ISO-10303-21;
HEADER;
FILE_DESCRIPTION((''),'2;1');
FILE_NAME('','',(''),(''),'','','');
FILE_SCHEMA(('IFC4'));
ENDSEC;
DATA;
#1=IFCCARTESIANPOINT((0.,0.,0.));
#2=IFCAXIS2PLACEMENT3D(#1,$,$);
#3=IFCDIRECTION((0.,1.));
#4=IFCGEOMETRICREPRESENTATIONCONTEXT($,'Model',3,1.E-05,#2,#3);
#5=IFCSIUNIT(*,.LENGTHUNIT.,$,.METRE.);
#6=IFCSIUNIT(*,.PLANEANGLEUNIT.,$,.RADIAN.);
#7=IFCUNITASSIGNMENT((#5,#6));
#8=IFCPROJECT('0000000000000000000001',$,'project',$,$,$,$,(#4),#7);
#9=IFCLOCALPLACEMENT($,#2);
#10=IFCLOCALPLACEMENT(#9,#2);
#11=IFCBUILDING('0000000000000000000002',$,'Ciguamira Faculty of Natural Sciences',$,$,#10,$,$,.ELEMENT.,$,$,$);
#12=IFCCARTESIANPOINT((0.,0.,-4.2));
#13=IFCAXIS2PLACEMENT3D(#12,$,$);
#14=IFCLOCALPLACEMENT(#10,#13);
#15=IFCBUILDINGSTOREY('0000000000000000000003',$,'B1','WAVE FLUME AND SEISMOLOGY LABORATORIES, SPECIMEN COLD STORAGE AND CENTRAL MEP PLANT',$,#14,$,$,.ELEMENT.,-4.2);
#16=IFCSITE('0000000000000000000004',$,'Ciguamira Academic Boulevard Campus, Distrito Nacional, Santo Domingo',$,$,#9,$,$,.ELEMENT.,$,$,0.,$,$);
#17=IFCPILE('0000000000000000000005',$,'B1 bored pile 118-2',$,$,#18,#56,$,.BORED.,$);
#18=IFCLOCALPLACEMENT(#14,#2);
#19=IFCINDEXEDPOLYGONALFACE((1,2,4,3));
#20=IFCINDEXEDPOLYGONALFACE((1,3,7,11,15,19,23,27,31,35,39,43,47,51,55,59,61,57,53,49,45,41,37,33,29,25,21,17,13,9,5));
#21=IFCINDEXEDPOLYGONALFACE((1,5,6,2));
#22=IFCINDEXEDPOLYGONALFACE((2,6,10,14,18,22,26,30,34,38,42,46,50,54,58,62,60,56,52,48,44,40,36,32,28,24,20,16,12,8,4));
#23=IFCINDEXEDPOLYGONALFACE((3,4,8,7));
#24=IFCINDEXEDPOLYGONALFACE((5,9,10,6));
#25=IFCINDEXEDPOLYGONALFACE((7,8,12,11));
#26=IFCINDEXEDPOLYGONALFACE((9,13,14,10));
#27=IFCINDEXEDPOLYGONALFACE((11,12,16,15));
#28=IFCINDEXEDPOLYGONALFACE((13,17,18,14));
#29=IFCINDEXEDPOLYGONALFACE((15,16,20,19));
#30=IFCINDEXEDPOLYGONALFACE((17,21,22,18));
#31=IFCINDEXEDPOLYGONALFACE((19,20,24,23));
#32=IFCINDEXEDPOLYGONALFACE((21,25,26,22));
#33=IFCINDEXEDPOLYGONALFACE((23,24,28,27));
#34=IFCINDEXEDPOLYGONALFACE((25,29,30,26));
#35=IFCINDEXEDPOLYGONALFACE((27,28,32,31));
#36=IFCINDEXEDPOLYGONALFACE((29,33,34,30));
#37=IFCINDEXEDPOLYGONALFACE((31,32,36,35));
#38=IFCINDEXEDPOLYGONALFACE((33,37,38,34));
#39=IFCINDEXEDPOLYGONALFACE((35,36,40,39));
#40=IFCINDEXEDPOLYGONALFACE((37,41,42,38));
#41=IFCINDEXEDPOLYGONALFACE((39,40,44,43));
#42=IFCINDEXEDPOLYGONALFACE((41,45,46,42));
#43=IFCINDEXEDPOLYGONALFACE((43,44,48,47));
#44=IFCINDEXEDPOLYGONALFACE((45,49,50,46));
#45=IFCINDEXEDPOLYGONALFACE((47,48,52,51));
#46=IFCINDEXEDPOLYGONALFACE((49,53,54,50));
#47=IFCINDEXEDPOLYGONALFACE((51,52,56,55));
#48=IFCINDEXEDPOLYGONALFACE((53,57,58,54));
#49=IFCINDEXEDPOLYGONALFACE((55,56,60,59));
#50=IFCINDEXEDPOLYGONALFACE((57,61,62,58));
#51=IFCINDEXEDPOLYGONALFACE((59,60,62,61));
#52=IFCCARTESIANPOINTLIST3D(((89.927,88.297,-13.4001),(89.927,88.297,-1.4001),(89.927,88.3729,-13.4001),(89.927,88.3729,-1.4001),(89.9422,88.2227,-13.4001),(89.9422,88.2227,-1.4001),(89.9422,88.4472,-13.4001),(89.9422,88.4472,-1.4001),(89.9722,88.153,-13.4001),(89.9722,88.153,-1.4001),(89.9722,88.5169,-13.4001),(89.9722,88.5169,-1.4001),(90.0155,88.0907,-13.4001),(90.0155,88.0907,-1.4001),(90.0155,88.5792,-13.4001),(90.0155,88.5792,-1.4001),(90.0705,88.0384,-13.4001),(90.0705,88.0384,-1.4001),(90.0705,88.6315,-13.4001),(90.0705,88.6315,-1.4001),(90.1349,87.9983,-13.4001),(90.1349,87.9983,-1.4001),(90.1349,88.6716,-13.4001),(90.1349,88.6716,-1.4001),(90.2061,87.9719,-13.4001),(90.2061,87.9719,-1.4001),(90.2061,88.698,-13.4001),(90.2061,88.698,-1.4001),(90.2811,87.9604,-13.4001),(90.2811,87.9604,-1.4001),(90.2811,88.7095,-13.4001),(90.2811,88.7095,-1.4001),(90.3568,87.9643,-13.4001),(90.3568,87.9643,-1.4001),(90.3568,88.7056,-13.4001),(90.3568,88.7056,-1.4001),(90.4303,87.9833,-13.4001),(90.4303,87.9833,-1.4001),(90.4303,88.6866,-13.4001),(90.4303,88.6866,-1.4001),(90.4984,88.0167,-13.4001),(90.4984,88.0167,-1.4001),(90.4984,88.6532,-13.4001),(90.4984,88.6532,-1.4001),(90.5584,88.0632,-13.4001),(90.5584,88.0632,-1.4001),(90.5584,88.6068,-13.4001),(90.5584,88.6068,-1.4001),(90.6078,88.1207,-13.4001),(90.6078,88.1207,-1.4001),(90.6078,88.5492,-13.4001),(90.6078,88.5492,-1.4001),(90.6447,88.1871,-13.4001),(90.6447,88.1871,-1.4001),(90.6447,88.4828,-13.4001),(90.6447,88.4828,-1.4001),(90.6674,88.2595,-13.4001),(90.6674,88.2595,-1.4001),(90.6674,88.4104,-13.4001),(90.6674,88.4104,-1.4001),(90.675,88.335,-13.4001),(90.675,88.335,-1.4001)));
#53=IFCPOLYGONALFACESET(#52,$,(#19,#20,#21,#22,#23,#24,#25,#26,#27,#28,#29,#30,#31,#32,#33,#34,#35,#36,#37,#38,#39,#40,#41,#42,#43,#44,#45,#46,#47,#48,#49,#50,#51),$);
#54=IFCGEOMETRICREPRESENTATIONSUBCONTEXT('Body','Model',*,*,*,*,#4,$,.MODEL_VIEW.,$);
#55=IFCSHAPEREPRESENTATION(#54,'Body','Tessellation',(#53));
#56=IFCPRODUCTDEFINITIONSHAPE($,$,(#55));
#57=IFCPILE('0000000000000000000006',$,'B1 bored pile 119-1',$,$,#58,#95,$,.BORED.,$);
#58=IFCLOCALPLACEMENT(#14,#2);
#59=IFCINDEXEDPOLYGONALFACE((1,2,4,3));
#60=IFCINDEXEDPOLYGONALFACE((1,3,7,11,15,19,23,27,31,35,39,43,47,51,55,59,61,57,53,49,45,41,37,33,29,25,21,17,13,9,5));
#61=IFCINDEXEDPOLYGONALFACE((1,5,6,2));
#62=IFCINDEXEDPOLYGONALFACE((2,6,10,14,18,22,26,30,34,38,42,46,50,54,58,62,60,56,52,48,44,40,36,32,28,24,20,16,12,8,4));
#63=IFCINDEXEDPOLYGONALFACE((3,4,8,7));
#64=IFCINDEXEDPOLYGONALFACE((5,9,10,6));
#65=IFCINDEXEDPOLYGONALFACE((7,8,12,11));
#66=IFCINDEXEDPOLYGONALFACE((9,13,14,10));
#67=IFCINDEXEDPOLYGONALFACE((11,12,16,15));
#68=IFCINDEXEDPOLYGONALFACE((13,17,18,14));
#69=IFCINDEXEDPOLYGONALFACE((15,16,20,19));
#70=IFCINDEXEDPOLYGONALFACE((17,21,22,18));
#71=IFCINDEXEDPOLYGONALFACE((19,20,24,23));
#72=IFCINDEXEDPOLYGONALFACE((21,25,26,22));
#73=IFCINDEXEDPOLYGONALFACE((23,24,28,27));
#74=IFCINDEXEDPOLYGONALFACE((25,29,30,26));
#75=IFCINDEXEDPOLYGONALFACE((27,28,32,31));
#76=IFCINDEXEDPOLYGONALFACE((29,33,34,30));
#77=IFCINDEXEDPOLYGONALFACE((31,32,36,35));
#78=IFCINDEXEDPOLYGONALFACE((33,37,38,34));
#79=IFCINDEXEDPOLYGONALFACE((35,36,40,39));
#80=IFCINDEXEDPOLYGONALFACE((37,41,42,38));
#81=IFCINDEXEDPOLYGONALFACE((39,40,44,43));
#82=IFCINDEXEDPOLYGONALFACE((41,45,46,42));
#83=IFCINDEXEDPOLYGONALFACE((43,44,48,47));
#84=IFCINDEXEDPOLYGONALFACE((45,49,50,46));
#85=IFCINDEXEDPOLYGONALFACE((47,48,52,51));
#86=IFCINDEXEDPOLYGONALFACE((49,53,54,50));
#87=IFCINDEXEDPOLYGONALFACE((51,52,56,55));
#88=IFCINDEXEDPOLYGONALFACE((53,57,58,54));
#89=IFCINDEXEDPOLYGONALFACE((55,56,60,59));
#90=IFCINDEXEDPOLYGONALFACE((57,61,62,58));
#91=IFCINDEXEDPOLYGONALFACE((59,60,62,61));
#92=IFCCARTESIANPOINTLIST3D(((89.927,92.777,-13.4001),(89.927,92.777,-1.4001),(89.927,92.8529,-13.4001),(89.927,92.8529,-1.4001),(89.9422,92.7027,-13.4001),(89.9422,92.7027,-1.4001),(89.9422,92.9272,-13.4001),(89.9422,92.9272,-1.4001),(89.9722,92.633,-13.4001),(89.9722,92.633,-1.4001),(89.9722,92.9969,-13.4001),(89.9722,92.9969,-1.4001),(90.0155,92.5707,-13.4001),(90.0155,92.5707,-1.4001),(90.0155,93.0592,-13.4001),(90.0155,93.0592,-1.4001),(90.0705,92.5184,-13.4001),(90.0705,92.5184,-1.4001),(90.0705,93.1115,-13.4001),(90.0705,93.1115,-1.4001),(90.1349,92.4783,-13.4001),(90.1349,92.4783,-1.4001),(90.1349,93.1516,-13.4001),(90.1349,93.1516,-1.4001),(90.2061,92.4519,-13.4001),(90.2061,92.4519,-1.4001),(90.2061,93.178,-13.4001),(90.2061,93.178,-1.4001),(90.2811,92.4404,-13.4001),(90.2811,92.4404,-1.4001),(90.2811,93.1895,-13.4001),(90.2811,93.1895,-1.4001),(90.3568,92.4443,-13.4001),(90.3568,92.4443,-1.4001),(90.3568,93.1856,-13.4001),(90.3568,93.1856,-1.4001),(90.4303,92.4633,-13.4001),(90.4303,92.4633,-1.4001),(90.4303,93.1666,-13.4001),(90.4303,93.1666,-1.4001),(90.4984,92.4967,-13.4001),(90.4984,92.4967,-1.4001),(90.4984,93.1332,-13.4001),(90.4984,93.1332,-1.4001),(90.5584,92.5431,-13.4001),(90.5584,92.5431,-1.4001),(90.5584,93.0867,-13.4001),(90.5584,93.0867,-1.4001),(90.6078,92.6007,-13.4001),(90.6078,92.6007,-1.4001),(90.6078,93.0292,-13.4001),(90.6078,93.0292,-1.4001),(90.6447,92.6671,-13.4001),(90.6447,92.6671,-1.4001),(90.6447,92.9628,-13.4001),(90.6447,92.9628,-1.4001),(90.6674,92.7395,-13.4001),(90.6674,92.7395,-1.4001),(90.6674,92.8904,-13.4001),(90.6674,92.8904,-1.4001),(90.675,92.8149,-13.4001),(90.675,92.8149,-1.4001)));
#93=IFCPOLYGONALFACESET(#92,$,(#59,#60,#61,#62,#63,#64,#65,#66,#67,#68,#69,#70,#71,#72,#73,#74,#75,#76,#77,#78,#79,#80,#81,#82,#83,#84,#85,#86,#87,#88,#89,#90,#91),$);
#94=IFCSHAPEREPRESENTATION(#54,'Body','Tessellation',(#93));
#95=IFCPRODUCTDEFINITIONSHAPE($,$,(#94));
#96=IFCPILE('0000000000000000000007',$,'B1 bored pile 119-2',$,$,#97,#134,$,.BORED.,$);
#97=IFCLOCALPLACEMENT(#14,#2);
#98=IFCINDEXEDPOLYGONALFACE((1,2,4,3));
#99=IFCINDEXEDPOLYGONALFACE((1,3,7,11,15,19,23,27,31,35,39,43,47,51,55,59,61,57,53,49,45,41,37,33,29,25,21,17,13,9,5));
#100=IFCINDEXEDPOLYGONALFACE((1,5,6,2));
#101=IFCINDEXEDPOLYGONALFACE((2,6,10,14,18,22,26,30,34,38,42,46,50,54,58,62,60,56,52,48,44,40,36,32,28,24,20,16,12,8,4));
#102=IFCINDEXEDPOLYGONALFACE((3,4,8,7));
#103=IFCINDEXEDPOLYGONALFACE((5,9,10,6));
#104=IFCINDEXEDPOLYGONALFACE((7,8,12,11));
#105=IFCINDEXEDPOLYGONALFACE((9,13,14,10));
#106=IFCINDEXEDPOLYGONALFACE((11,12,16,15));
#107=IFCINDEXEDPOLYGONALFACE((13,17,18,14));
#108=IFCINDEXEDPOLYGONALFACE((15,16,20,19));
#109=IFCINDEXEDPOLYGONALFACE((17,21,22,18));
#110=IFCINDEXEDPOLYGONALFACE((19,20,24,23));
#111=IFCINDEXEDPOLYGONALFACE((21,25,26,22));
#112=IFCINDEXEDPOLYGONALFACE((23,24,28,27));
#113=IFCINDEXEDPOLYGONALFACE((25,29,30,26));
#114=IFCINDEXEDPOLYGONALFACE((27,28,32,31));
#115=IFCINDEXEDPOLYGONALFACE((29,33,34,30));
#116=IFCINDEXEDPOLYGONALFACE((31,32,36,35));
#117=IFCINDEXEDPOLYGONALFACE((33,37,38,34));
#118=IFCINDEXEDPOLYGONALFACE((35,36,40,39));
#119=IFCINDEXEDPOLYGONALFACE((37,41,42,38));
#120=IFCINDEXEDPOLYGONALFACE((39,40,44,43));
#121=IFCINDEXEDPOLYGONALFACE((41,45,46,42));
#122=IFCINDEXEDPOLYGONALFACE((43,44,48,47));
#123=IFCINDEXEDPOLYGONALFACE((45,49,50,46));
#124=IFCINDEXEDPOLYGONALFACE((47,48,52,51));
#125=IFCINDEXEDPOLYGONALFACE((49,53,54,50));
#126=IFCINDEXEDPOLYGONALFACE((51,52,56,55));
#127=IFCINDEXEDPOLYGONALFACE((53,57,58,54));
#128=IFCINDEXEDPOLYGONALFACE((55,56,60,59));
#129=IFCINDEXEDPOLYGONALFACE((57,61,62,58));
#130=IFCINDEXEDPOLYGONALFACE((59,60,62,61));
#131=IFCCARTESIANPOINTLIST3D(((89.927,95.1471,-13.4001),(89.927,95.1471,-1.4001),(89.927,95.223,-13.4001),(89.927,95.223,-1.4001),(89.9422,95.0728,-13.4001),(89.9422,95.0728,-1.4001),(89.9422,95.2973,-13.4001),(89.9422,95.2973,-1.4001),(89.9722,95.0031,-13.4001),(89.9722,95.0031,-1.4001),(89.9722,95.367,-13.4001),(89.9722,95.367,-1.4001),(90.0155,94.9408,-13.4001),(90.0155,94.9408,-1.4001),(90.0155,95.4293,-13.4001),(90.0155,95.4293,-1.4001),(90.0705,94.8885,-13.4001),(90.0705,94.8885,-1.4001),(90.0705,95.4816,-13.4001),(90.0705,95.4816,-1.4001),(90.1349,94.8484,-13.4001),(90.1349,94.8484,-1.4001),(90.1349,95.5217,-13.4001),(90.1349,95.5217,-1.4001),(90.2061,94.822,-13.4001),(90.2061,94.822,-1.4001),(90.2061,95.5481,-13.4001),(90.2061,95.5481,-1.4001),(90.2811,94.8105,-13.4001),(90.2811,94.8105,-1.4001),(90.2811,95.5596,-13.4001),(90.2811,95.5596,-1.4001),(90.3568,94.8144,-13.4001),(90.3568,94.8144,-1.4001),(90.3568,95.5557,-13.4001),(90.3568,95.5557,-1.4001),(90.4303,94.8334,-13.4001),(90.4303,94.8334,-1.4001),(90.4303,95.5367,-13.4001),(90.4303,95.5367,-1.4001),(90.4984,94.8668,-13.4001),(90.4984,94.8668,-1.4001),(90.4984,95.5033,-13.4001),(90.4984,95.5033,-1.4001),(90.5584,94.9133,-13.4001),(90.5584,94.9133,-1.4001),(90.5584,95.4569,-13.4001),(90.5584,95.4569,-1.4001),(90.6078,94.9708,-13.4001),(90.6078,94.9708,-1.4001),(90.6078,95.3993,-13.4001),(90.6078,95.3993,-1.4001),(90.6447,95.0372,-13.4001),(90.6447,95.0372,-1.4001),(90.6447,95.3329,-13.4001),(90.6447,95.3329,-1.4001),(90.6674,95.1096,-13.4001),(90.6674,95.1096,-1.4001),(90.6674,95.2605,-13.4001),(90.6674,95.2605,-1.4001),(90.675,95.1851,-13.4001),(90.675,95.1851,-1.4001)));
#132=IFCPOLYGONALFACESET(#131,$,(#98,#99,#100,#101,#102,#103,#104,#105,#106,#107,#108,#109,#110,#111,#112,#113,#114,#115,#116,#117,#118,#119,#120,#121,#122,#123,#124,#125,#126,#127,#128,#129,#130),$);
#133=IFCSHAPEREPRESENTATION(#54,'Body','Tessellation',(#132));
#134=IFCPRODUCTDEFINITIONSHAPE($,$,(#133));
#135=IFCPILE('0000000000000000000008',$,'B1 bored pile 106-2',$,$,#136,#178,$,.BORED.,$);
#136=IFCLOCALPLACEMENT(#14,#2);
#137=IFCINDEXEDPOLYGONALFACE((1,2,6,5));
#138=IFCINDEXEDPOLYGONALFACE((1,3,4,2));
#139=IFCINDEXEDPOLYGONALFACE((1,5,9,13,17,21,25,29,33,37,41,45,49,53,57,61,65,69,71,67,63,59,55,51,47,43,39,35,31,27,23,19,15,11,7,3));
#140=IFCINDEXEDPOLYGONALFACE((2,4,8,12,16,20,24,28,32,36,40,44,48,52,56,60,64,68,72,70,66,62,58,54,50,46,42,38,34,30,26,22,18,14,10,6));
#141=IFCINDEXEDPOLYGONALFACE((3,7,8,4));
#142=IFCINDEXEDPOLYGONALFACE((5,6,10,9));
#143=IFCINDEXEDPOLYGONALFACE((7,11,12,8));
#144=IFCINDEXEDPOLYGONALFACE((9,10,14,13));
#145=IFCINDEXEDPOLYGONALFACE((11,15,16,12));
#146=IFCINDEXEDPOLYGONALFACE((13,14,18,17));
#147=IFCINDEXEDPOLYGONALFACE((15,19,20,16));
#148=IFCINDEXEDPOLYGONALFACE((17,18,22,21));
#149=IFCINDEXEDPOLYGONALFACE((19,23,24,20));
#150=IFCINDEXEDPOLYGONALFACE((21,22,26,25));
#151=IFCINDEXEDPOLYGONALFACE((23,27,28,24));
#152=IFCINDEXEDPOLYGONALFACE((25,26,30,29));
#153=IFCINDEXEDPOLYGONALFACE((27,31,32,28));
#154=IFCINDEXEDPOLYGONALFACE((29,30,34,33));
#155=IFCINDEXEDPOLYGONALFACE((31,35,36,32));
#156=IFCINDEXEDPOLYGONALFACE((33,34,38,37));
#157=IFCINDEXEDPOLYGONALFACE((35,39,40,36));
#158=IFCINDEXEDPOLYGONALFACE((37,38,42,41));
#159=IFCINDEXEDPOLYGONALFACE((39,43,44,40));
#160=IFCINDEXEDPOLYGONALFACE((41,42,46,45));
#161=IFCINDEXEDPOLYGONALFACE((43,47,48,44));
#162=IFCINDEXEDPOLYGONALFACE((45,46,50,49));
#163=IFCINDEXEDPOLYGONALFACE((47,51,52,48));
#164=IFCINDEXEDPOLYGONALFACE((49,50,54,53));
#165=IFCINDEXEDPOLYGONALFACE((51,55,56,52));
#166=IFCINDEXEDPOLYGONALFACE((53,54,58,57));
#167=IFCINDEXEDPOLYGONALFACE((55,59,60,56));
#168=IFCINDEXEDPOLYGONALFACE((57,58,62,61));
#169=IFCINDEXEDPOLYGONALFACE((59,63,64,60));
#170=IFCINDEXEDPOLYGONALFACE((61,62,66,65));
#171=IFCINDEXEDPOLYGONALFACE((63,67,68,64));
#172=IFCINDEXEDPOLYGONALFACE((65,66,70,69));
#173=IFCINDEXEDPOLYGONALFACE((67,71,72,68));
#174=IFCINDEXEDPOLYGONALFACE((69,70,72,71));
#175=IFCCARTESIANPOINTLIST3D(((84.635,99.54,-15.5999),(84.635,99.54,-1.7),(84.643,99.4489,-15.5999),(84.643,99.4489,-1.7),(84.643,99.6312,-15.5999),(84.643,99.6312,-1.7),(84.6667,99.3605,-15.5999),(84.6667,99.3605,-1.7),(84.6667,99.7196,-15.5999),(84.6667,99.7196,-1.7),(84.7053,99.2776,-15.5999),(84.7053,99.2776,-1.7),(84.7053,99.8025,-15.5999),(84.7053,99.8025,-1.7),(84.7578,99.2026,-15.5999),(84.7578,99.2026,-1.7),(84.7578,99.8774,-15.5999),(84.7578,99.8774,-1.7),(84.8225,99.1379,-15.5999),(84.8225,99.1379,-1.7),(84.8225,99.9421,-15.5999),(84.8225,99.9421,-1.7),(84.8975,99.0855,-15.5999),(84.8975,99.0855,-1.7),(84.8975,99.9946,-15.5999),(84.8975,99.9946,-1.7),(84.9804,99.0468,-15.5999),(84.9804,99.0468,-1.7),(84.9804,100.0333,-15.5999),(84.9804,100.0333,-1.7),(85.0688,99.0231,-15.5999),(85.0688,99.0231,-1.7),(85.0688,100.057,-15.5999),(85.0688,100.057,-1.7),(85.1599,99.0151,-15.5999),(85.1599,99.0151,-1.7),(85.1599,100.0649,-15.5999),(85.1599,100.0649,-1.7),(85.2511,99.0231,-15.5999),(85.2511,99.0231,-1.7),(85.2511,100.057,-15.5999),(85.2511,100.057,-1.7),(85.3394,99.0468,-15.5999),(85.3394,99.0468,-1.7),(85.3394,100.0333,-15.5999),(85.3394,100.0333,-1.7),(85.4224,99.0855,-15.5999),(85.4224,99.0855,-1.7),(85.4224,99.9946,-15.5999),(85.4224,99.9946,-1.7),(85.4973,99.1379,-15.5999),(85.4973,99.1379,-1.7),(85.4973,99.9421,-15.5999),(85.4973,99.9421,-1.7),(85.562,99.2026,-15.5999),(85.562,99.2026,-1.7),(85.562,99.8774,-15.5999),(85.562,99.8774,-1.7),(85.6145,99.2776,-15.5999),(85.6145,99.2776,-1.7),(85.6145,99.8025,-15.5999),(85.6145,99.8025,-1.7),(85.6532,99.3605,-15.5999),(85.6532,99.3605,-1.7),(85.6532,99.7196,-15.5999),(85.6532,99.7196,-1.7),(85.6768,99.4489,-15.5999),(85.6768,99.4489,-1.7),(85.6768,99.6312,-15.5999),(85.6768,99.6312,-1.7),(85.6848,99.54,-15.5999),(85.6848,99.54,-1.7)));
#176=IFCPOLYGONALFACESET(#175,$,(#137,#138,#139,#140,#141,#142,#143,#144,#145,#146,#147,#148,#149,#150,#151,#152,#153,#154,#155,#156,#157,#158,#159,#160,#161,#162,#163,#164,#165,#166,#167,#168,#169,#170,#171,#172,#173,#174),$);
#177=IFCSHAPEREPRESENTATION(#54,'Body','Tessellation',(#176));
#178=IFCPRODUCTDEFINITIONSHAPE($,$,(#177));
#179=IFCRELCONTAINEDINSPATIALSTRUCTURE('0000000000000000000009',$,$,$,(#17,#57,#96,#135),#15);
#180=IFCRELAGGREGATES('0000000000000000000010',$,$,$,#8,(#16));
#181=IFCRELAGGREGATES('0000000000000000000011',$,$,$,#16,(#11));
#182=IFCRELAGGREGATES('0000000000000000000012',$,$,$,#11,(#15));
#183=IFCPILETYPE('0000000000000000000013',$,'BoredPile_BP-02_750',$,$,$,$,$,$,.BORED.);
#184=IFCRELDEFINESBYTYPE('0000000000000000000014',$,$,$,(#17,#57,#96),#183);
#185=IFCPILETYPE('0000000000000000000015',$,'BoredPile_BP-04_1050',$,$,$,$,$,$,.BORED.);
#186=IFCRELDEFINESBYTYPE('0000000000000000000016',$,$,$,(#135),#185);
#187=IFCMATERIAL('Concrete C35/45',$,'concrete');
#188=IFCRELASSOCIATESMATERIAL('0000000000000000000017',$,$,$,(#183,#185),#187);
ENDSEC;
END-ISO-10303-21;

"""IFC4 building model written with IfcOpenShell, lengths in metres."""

from ifc_helpers import new_model, si_unit, direction, frame, origin, origin_2d, place, context, subcontext, project, spatial, circle, extrude, material, material_profile, profile_set, type_object, element, save


model = new_model("IFC4")

# Units and contexts
model_context = context("Model", 3, precision=1e-05, world=origin(), true_north=direction((0.0, 1.0)))
body_context = subcontext(model_context, "Body", "Model", "MODEL_VIEW")
ifc_project = project(units=[si_unit("LENGTHUNIT", "METRE"), si_unit("PLANEANGLEUNIT", "RADIAN")], contexts=[model_context])

# Site, building, storey
site_placement = place(None, origin())
site = spatial("IfcSite", under=ifc_project, at=site_placement, Name="Ciguamira Academic Boulevard Campus, Distrito Nacional, Santo Domingo", CompositionType="ELEMENT", RefElevation=0.0)
building_placement = place(site_placement, origin())
building = spatial("IfcBuilding", under=site, at=building_placement, Name="Ciguamira Faculty of Natural Sciences", CompositionType="ELEMENT")
storey_placement = place(building_placement, frame((0.0, 0.0, -4.2)))
storey = spatial("IfcBuildingStorey", under=building, at=storey_placement, Name="B1", Description="WAVE FLUME AND SEISMOLOGY LABORATORIES, SPECIMEN COLD STORAGE AND CENTRAL MEP PLANT", CompositionType="ELEMENT", Elevation=-4.2)

# Piles
ifc_material_1 = material(Name="Concrete C35/45", Category="concrete")
ifc_material_profile_1 = material_profile(ifc_material_1, circle(Radius=0.375, at=origin_2d()), Name="PILE-BORED-750")
ifc_profile_set_1 = profile_set([ifc_material_profile_1], Name="Concrete C35/45")
pile_type_1 = type_object("IfcPileType", Name="BoredPile_BP-02_750", PredefinedType="BORED", material=ifc_profile_set_1)
for number, where, z_axis, x_axis, name in (
    (1, (90.3, 88.335, -1.4001), (0.0, 0.0, -1.0), (1.0, 0.0, 0.0), "B1 bored pile 118-2"),
    (2, (90.3, 92.8149, -1.4001), (0.0, 0.0, -1.0), (1.0, 0.0, 0.0), "B1 bored pile 119-1"),
    (3, (90.3, 95.1851, -1.4001), (0.0, 0.0, -1.0), (1.0, 0.0, 0.0), "B1 bored pile 119-2"),
):
    element("IfcPile", number, at=place(storey_placement, frame(where, z_axis=z_axis, x_axis=x_axis)), inside=storey, type_object=pile_type_1, Name=name, PredefinedType="BORED", context=body_context, shape_type="SweptSolid", body=[
        extrude(circle(Radius=0.375, at=origin_2d()), origin(), (0.0, 0.0, 1.0), 12.0),
    ])
ifc_material_profile_2 = material_profile(ifc_material_1, circle(Radius=0.5249, at=origin_2d()), Name="PILE-BORED-1050")
ifc_profile_set_2 = profile_set([ifc_material_profile_2], Name="Concrete C35/45")
pile_type_2 = type_object("IfcPileType", Name="BoredPile_BP-04_1050", PredefinedType="BORED", material=ifc_profile_set_2)
pile_placement = place(storey_placement, frame((85.1599, 99.54, -1.7), z_axis=(0.0, 0.0, -1.0), x_axis=(1.0, 0.0, 0.0)))
element("IfcPile", 4, at=pile_placement, inside=storey, type_object=pile_type_2, Name="B1 bored pile 106-2", PredefinedType="BORED", context=body_context, shape_type="SweptSolid", body=[
    extrude(circle(Radius=0.5249, at=origin_2d()), origin(), (0.0, 0.0, 1.0), 13.8999),
])

save(model, "model.ifc")
